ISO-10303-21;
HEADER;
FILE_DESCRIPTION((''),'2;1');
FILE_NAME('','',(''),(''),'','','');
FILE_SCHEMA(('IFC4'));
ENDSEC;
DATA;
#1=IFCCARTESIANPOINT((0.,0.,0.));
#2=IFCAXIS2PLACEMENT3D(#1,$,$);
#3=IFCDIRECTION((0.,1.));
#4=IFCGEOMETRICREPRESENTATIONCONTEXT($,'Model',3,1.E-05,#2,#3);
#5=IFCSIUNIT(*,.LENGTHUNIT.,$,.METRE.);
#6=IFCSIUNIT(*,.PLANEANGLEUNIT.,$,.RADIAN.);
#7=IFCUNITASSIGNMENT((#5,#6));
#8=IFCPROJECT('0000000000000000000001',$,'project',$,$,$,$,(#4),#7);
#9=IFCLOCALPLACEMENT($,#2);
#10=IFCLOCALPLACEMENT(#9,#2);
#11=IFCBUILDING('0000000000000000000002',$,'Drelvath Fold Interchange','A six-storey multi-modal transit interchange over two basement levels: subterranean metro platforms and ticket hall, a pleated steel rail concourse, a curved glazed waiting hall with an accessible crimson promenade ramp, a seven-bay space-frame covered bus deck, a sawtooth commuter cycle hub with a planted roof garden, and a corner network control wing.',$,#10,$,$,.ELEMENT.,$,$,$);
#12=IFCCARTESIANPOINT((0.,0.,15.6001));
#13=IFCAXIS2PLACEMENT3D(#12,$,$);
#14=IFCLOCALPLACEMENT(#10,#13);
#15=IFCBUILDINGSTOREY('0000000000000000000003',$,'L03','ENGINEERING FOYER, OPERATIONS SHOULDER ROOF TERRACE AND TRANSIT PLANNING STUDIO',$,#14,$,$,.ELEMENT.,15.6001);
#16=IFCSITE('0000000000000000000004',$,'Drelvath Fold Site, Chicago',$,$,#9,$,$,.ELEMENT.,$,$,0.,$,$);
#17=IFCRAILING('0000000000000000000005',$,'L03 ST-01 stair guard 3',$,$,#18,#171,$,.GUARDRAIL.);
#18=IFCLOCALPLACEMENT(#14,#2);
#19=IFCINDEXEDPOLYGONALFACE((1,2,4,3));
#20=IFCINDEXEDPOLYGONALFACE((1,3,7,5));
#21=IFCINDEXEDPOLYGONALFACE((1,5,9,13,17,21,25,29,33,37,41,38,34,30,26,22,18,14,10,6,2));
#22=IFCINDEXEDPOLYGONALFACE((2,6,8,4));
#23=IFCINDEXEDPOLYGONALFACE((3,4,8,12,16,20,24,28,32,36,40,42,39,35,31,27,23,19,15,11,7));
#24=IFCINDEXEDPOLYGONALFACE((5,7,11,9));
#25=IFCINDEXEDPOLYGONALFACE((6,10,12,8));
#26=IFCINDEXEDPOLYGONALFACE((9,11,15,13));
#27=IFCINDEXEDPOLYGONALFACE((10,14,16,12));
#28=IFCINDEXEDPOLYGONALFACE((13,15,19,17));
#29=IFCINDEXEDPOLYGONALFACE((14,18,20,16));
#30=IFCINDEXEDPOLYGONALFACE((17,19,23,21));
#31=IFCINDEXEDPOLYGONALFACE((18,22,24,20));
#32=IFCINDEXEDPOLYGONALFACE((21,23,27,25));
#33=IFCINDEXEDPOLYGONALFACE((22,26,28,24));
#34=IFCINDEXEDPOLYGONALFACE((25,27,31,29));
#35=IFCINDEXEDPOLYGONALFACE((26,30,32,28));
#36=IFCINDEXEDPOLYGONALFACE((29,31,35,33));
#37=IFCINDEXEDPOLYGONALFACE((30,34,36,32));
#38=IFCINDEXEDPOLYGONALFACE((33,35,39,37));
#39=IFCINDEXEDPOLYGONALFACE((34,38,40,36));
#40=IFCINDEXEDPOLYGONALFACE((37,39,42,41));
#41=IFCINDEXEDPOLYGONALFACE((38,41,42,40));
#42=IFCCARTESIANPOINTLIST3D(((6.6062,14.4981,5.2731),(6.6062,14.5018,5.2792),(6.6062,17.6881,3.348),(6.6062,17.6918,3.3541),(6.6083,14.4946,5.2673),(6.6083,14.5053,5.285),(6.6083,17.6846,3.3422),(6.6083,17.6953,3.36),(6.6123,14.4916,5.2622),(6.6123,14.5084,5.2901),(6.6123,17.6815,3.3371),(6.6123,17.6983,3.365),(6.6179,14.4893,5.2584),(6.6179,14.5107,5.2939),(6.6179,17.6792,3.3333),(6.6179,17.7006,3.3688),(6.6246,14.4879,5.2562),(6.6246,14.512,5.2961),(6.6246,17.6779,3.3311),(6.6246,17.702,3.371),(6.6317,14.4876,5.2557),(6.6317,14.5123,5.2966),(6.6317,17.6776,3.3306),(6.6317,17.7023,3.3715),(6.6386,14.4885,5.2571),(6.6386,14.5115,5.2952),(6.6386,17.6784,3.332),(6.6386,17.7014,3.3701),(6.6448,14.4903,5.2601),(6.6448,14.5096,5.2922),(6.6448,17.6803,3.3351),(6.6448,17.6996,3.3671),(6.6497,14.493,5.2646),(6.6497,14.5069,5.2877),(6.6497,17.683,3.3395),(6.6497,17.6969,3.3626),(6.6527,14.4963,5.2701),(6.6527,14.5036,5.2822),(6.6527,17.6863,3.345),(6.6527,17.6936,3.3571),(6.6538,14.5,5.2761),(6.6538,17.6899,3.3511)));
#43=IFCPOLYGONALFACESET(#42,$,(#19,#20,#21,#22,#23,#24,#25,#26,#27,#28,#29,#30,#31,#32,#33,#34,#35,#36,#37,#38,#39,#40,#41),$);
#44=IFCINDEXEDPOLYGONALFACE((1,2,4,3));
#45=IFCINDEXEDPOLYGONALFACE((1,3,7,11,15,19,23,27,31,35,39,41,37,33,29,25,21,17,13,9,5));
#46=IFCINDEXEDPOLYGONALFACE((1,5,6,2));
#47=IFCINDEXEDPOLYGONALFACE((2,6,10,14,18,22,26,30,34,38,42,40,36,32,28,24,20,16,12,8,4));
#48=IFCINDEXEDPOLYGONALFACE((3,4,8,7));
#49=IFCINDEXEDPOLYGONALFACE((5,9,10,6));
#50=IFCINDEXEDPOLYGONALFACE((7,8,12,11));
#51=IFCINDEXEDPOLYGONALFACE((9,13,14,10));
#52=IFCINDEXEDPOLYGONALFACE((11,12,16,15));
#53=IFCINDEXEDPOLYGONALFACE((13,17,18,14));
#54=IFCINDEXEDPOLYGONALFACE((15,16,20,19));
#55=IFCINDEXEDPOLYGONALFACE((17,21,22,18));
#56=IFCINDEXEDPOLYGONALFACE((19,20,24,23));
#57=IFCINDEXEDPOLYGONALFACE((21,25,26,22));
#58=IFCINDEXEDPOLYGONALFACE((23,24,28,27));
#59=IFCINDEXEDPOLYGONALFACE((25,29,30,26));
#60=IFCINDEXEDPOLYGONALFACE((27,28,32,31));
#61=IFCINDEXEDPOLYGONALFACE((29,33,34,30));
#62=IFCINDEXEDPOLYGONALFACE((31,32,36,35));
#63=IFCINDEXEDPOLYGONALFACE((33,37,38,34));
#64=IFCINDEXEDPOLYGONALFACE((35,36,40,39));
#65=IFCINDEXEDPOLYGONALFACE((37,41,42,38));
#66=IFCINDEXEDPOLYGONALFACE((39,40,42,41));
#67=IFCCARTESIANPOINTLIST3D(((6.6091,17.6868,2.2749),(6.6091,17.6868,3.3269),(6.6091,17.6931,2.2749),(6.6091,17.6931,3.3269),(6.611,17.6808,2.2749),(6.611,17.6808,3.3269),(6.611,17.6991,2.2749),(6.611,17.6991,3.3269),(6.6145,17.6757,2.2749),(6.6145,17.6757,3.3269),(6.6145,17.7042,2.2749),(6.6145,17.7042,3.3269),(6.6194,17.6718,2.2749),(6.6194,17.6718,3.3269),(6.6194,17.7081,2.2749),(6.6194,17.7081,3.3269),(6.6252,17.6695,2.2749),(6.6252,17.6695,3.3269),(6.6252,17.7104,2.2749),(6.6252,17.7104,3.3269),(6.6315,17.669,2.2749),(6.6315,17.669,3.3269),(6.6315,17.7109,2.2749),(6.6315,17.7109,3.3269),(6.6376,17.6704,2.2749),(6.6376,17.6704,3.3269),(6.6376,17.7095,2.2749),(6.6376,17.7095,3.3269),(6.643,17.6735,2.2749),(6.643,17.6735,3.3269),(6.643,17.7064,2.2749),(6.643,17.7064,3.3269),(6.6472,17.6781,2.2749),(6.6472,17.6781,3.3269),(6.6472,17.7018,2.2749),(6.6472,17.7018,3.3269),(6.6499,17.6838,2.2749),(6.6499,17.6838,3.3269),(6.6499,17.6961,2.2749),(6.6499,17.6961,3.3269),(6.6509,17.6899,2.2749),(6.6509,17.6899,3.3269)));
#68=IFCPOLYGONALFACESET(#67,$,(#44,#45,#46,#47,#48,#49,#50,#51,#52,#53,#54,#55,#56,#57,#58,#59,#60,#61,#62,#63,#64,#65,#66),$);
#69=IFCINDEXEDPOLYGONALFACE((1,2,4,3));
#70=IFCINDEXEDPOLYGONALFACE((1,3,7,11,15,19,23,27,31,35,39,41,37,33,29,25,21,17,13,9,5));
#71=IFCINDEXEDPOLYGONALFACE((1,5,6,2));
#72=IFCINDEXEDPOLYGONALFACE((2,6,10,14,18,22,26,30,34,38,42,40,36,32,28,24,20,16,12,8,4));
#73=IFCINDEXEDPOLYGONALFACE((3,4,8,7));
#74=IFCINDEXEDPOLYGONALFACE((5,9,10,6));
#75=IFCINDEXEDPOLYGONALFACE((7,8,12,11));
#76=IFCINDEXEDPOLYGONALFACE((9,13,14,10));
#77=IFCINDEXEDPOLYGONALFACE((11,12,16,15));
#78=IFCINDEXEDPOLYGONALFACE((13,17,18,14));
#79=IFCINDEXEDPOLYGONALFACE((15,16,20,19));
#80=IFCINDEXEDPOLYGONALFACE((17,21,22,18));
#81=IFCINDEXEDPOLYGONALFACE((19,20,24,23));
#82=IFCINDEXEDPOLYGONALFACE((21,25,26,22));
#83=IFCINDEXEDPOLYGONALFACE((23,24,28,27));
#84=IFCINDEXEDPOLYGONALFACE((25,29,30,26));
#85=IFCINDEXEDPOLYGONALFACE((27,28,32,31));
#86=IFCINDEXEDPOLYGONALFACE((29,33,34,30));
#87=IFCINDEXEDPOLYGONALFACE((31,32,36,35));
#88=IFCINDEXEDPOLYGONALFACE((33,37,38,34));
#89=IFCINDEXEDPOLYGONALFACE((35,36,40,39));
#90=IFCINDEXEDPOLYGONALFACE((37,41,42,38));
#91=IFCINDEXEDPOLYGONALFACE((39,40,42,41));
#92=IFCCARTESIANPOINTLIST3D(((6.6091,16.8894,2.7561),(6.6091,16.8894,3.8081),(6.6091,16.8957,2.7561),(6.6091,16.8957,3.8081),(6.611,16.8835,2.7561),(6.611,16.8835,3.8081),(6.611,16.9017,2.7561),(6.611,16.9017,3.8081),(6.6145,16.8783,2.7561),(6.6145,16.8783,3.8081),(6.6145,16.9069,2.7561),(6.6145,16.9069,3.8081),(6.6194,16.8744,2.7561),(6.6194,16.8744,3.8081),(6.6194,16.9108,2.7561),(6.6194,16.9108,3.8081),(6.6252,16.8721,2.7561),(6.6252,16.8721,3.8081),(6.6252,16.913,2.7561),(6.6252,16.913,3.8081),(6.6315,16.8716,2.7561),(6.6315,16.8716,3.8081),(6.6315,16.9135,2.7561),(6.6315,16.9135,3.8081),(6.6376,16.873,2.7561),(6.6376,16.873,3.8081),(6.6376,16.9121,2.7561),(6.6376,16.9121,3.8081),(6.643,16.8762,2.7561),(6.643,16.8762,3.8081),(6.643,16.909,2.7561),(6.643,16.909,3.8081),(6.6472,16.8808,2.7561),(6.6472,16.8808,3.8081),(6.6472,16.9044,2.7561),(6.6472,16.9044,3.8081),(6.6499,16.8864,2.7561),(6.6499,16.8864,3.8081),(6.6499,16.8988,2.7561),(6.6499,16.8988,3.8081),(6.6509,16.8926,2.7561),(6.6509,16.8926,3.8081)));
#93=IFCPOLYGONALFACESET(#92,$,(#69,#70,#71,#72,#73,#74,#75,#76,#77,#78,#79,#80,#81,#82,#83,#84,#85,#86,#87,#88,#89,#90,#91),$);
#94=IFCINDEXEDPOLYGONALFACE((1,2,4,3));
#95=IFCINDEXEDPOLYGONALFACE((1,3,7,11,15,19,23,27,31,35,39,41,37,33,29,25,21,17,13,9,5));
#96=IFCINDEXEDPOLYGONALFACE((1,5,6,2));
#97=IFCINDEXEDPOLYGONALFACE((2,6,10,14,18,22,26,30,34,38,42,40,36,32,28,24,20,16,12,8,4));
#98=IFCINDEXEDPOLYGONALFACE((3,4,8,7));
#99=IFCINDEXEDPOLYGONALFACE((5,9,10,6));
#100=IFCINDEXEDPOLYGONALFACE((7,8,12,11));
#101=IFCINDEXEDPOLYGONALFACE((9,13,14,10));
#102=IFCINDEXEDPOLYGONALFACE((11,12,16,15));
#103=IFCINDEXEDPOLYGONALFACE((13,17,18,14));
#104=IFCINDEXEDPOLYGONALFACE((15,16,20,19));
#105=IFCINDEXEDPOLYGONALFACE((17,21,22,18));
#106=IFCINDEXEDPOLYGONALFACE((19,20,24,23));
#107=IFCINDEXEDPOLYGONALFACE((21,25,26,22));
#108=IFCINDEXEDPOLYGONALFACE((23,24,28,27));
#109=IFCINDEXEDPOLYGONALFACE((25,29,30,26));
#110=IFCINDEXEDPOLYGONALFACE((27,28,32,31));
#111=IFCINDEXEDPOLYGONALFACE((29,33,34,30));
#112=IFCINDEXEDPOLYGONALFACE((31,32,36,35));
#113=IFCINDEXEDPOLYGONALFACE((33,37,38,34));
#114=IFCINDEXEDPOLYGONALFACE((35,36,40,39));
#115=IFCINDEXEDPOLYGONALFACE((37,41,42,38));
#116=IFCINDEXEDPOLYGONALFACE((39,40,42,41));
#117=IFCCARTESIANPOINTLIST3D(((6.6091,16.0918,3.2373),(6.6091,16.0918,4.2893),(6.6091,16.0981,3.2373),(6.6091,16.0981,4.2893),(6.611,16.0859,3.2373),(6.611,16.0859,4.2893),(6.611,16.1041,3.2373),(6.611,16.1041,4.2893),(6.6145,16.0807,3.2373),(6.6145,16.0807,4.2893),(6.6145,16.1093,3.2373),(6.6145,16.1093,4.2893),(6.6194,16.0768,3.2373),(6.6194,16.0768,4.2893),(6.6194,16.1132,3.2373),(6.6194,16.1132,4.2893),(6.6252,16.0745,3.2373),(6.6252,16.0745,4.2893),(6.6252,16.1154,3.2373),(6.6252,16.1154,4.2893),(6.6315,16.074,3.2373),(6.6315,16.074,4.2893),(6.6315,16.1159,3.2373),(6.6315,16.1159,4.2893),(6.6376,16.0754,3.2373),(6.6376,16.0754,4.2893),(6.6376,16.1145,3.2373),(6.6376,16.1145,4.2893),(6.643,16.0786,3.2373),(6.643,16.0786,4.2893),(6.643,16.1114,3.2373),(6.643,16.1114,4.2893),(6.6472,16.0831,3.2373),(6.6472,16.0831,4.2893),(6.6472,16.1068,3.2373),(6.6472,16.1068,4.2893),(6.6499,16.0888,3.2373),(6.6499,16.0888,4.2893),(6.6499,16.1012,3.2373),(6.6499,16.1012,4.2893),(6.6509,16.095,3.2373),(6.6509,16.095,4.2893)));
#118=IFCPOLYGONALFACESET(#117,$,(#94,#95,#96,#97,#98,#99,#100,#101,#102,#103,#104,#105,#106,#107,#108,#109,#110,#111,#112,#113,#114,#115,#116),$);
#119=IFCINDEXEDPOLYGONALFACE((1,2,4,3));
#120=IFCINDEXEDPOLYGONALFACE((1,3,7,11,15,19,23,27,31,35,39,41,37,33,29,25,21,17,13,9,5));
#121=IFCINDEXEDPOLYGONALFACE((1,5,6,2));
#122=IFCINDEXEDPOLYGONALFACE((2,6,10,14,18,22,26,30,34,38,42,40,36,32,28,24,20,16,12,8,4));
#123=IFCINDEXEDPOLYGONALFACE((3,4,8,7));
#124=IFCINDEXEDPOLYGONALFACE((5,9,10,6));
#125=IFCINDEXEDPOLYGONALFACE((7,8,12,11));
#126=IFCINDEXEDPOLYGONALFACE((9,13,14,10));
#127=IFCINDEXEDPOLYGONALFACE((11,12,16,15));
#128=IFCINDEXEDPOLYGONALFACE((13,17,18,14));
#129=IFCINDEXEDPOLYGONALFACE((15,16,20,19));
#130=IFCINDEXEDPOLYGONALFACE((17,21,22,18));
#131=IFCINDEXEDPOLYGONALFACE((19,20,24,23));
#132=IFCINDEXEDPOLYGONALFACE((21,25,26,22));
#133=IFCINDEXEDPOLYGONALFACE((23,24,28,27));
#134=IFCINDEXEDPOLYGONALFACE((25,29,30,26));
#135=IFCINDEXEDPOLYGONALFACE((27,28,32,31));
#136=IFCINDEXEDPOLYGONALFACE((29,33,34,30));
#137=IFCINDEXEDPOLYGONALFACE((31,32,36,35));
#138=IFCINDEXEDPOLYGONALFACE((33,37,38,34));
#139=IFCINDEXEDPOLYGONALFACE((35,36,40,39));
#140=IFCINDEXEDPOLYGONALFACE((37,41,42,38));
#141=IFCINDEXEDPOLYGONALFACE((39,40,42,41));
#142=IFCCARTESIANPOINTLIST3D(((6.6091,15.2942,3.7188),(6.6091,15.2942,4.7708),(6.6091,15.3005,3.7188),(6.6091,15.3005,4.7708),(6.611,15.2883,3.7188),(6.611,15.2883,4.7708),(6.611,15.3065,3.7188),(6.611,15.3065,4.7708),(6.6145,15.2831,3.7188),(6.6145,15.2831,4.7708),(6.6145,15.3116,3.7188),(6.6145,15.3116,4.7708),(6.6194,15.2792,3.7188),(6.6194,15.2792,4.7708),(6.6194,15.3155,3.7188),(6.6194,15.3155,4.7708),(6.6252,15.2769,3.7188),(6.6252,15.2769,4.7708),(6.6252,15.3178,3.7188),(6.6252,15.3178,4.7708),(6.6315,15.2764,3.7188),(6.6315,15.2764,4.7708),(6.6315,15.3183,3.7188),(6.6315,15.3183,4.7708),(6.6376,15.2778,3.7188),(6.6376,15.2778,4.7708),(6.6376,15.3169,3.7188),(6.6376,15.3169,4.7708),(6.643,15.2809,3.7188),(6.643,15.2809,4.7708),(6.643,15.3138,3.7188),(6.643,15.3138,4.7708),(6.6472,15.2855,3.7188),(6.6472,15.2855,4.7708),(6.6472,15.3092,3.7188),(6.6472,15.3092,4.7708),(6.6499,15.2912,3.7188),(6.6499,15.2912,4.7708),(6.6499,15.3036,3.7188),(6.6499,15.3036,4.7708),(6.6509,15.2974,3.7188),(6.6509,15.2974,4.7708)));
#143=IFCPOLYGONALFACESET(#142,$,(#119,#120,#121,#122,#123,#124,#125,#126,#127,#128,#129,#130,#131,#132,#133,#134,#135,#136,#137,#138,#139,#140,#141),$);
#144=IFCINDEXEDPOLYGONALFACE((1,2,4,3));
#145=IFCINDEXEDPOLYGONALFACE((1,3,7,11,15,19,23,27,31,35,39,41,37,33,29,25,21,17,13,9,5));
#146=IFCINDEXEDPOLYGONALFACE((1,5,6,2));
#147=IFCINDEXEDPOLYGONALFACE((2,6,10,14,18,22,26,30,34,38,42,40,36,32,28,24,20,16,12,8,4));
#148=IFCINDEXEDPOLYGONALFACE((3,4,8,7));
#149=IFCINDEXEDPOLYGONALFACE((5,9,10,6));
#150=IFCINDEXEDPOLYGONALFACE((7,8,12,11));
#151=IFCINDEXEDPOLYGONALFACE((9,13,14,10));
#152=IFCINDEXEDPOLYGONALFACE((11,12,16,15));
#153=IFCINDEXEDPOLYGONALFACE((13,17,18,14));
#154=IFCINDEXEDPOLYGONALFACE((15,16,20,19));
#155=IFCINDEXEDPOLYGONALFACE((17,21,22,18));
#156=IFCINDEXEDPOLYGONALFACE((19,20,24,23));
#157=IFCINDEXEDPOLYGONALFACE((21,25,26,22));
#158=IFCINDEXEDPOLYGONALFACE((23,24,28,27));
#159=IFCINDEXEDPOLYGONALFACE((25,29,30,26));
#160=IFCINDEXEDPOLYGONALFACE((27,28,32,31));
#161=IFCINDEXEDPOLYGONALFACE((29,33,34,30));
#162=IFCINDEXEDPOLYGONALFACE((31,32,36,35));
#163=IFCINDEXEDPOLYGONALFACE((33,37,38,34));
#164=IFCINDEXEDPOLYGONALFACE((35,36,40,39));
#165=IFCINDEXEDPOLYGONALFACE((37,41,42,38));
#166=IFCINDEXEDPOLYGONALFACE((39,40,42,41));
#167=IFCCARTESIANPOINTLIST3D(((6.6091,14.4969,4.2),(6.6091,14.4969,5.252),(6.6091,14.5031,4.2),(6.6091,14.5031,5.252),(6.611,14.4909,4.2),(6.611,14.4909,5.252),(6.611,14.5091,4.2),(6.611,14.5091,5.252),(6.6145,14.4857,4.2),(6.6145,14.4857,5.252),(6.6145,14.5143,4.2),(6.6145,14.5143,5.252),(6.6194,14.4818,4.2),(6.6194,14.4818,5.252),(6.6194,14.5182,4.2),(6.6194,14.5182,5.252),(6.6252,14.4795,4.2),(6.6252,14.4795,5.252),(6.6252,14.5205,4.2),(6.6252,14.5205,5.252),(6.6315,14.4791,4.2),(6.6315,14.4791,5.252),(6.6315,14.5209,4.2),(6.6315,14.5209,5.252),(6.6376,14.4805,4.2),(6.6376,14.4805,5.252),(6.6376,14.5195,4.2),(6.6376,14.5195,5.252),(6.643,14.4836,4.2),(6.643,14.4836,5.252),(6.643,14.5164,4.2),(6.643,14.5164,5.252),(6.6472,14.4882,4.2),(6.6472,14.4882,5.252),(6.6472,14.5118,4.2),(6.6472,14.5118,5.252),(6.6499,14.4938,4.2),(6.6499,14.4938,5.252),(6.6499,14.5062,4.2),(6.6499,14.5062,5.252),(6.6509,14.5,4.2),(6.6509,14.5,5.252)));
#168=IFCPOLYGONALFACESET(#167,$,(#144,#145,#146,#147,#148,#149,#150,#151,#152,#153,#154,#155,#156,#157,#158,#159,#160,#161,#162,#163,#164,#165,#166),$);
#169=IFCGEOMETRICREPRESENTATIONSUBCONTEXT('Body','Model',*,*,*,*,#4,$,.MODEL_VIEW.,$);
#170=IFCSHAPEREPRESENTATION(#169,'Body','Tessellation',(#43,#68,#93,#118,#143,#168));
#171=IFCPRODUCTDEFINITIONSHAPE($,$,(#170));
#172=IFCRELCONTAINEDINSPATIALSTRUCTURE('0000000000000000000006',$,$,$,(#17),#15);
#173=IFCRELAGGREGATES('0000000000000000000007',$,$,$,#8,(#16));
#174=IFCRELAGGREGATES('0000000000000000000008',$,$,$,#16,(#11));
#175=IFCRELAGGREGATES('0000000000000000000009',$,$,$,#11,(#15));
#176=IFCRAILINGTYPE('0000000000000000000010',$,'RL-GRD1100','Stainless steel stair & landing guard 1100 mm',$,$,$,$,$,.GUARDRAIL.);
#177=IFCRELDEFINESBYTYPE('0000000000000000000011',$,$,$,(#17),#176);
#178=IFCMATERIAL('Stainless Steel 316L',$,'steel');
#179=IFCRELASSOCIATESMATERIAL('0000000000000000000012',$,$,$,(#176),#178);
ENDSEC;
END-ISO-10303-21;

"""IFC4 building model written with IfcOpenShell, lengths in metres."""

from ifc_helpers import new_model, si_unit, direction, frame, origin, origin_2d, place, context, subcontext, project, spatial, circle, extrude, material, type_object, element, save


model = new_model("IFC4")

# Units and contexts
model_context = context("Model", 3, precision=1e-05, world=origin(), true_north=direction((0.0, 1.0)))
body_context = subcontext(model_context, "Body", "Model", "MODEL_VIEW")
ifc_project = project(units=[si_unit("LENGTHUNIT", "METRE"), si_unit("PLANEANGLEUNIT", "RADIAN")], contexts=[model_context])

# Site, building, storey
site_placement = place(None, origin())
site = spatial("IfcSite", under=ifc_project, at=site_placement, Name="Drelvath Fold Site, Chicago", CompositionType="ELEMENT", RefElevation=0.0)
building_placement = place(site_placement, origin())
building = spatial("IfcBuilding", under=site, at=building_placement, Name="Drelvath Fold Interchange", Description="A six-storey multi-modal transit interchange over two basement levels: subterranean metro platforms and ticket hall, a pleated steel rail concourse, a curved glazed waiting hall with an accessible crimson promenade ramp, a seven-bay space-frame covered bus deck, a sawtooth commuter cycle hub with a planted roof garden, and a corner network control wing.", CompositionType="ELEMENT")
storey_placement = place(building_placement, frame((0.0, 0.0, 15.6001)))
storey = spatial("IfcBuildingStorey", under=building, at=storey_placement, Name="L03", Description="ENGINEERING FOYER, OPERATIONS SHOULDER ROOF TERRACE AND TRANSIT PLANNING STUDIO", CompositionType="ELEMENT", Elevation=15.6001)

# Railing
ifc_material_1 = material(Name="Stainless Steel 316L", Category="steel")
railing_type_1 = type_object("IfcRailingType", Name="RL-GRD1100", Description="Stainless steel stair & landing guard 1100 mm", PredefinedType="GUARDRAIL", material=ifc_material_1)
railing_1_placement = place(storey_placement, frame((6.6299, 17.6899, 2.2749)))
element("IfcRailing", 1, at=railing_1_placement, inside=storey, type_object=railing_type_1, Name="L03 ST-01 stair guard 3", PredefinedType="GUARDRAIL", context=body_context, shape_type="SweptSolid", body=[
    extrude(circle(Radius=0.0239, at=origin_2d()), frame((0.0, 0.0, 1.0762), z_axis=(0.0, -0.856178, 0.516682), x_axis=(1.0, 0.0, 0.0)), (0.0, 0.0, 1.0), 3.7258),
    extrude(circle(Radius=0.021, at=origin_2d()), origin(), (0.0, 0.0, 1.0), 1.052),
    extrude(circle(Radius=0.021, at=origin_2d()), frame((0.0, -0.7974, 0.4812)), (0.0, 0.0, 1.0), 1.052),
    extrude(circle(Radius=0.021, at=origin_2d()), frame((0.0, -1.595, 0.9624)), (0.0, 0.0, 1.0), 1.052),
    extrude(circle(Radius=0.021, at=origin_2d()), frame((0.0, -2.3926, 1.4438)), (0.0, 0.0, 1.0), 1.052),
    extrude(circle(Radius=0.021, at=origin_2d()), frame((0.0, -3.1899, 1.925)), (0.0, 0.0, 1.0), 1.052),
])

save(model, "model.ifc")
